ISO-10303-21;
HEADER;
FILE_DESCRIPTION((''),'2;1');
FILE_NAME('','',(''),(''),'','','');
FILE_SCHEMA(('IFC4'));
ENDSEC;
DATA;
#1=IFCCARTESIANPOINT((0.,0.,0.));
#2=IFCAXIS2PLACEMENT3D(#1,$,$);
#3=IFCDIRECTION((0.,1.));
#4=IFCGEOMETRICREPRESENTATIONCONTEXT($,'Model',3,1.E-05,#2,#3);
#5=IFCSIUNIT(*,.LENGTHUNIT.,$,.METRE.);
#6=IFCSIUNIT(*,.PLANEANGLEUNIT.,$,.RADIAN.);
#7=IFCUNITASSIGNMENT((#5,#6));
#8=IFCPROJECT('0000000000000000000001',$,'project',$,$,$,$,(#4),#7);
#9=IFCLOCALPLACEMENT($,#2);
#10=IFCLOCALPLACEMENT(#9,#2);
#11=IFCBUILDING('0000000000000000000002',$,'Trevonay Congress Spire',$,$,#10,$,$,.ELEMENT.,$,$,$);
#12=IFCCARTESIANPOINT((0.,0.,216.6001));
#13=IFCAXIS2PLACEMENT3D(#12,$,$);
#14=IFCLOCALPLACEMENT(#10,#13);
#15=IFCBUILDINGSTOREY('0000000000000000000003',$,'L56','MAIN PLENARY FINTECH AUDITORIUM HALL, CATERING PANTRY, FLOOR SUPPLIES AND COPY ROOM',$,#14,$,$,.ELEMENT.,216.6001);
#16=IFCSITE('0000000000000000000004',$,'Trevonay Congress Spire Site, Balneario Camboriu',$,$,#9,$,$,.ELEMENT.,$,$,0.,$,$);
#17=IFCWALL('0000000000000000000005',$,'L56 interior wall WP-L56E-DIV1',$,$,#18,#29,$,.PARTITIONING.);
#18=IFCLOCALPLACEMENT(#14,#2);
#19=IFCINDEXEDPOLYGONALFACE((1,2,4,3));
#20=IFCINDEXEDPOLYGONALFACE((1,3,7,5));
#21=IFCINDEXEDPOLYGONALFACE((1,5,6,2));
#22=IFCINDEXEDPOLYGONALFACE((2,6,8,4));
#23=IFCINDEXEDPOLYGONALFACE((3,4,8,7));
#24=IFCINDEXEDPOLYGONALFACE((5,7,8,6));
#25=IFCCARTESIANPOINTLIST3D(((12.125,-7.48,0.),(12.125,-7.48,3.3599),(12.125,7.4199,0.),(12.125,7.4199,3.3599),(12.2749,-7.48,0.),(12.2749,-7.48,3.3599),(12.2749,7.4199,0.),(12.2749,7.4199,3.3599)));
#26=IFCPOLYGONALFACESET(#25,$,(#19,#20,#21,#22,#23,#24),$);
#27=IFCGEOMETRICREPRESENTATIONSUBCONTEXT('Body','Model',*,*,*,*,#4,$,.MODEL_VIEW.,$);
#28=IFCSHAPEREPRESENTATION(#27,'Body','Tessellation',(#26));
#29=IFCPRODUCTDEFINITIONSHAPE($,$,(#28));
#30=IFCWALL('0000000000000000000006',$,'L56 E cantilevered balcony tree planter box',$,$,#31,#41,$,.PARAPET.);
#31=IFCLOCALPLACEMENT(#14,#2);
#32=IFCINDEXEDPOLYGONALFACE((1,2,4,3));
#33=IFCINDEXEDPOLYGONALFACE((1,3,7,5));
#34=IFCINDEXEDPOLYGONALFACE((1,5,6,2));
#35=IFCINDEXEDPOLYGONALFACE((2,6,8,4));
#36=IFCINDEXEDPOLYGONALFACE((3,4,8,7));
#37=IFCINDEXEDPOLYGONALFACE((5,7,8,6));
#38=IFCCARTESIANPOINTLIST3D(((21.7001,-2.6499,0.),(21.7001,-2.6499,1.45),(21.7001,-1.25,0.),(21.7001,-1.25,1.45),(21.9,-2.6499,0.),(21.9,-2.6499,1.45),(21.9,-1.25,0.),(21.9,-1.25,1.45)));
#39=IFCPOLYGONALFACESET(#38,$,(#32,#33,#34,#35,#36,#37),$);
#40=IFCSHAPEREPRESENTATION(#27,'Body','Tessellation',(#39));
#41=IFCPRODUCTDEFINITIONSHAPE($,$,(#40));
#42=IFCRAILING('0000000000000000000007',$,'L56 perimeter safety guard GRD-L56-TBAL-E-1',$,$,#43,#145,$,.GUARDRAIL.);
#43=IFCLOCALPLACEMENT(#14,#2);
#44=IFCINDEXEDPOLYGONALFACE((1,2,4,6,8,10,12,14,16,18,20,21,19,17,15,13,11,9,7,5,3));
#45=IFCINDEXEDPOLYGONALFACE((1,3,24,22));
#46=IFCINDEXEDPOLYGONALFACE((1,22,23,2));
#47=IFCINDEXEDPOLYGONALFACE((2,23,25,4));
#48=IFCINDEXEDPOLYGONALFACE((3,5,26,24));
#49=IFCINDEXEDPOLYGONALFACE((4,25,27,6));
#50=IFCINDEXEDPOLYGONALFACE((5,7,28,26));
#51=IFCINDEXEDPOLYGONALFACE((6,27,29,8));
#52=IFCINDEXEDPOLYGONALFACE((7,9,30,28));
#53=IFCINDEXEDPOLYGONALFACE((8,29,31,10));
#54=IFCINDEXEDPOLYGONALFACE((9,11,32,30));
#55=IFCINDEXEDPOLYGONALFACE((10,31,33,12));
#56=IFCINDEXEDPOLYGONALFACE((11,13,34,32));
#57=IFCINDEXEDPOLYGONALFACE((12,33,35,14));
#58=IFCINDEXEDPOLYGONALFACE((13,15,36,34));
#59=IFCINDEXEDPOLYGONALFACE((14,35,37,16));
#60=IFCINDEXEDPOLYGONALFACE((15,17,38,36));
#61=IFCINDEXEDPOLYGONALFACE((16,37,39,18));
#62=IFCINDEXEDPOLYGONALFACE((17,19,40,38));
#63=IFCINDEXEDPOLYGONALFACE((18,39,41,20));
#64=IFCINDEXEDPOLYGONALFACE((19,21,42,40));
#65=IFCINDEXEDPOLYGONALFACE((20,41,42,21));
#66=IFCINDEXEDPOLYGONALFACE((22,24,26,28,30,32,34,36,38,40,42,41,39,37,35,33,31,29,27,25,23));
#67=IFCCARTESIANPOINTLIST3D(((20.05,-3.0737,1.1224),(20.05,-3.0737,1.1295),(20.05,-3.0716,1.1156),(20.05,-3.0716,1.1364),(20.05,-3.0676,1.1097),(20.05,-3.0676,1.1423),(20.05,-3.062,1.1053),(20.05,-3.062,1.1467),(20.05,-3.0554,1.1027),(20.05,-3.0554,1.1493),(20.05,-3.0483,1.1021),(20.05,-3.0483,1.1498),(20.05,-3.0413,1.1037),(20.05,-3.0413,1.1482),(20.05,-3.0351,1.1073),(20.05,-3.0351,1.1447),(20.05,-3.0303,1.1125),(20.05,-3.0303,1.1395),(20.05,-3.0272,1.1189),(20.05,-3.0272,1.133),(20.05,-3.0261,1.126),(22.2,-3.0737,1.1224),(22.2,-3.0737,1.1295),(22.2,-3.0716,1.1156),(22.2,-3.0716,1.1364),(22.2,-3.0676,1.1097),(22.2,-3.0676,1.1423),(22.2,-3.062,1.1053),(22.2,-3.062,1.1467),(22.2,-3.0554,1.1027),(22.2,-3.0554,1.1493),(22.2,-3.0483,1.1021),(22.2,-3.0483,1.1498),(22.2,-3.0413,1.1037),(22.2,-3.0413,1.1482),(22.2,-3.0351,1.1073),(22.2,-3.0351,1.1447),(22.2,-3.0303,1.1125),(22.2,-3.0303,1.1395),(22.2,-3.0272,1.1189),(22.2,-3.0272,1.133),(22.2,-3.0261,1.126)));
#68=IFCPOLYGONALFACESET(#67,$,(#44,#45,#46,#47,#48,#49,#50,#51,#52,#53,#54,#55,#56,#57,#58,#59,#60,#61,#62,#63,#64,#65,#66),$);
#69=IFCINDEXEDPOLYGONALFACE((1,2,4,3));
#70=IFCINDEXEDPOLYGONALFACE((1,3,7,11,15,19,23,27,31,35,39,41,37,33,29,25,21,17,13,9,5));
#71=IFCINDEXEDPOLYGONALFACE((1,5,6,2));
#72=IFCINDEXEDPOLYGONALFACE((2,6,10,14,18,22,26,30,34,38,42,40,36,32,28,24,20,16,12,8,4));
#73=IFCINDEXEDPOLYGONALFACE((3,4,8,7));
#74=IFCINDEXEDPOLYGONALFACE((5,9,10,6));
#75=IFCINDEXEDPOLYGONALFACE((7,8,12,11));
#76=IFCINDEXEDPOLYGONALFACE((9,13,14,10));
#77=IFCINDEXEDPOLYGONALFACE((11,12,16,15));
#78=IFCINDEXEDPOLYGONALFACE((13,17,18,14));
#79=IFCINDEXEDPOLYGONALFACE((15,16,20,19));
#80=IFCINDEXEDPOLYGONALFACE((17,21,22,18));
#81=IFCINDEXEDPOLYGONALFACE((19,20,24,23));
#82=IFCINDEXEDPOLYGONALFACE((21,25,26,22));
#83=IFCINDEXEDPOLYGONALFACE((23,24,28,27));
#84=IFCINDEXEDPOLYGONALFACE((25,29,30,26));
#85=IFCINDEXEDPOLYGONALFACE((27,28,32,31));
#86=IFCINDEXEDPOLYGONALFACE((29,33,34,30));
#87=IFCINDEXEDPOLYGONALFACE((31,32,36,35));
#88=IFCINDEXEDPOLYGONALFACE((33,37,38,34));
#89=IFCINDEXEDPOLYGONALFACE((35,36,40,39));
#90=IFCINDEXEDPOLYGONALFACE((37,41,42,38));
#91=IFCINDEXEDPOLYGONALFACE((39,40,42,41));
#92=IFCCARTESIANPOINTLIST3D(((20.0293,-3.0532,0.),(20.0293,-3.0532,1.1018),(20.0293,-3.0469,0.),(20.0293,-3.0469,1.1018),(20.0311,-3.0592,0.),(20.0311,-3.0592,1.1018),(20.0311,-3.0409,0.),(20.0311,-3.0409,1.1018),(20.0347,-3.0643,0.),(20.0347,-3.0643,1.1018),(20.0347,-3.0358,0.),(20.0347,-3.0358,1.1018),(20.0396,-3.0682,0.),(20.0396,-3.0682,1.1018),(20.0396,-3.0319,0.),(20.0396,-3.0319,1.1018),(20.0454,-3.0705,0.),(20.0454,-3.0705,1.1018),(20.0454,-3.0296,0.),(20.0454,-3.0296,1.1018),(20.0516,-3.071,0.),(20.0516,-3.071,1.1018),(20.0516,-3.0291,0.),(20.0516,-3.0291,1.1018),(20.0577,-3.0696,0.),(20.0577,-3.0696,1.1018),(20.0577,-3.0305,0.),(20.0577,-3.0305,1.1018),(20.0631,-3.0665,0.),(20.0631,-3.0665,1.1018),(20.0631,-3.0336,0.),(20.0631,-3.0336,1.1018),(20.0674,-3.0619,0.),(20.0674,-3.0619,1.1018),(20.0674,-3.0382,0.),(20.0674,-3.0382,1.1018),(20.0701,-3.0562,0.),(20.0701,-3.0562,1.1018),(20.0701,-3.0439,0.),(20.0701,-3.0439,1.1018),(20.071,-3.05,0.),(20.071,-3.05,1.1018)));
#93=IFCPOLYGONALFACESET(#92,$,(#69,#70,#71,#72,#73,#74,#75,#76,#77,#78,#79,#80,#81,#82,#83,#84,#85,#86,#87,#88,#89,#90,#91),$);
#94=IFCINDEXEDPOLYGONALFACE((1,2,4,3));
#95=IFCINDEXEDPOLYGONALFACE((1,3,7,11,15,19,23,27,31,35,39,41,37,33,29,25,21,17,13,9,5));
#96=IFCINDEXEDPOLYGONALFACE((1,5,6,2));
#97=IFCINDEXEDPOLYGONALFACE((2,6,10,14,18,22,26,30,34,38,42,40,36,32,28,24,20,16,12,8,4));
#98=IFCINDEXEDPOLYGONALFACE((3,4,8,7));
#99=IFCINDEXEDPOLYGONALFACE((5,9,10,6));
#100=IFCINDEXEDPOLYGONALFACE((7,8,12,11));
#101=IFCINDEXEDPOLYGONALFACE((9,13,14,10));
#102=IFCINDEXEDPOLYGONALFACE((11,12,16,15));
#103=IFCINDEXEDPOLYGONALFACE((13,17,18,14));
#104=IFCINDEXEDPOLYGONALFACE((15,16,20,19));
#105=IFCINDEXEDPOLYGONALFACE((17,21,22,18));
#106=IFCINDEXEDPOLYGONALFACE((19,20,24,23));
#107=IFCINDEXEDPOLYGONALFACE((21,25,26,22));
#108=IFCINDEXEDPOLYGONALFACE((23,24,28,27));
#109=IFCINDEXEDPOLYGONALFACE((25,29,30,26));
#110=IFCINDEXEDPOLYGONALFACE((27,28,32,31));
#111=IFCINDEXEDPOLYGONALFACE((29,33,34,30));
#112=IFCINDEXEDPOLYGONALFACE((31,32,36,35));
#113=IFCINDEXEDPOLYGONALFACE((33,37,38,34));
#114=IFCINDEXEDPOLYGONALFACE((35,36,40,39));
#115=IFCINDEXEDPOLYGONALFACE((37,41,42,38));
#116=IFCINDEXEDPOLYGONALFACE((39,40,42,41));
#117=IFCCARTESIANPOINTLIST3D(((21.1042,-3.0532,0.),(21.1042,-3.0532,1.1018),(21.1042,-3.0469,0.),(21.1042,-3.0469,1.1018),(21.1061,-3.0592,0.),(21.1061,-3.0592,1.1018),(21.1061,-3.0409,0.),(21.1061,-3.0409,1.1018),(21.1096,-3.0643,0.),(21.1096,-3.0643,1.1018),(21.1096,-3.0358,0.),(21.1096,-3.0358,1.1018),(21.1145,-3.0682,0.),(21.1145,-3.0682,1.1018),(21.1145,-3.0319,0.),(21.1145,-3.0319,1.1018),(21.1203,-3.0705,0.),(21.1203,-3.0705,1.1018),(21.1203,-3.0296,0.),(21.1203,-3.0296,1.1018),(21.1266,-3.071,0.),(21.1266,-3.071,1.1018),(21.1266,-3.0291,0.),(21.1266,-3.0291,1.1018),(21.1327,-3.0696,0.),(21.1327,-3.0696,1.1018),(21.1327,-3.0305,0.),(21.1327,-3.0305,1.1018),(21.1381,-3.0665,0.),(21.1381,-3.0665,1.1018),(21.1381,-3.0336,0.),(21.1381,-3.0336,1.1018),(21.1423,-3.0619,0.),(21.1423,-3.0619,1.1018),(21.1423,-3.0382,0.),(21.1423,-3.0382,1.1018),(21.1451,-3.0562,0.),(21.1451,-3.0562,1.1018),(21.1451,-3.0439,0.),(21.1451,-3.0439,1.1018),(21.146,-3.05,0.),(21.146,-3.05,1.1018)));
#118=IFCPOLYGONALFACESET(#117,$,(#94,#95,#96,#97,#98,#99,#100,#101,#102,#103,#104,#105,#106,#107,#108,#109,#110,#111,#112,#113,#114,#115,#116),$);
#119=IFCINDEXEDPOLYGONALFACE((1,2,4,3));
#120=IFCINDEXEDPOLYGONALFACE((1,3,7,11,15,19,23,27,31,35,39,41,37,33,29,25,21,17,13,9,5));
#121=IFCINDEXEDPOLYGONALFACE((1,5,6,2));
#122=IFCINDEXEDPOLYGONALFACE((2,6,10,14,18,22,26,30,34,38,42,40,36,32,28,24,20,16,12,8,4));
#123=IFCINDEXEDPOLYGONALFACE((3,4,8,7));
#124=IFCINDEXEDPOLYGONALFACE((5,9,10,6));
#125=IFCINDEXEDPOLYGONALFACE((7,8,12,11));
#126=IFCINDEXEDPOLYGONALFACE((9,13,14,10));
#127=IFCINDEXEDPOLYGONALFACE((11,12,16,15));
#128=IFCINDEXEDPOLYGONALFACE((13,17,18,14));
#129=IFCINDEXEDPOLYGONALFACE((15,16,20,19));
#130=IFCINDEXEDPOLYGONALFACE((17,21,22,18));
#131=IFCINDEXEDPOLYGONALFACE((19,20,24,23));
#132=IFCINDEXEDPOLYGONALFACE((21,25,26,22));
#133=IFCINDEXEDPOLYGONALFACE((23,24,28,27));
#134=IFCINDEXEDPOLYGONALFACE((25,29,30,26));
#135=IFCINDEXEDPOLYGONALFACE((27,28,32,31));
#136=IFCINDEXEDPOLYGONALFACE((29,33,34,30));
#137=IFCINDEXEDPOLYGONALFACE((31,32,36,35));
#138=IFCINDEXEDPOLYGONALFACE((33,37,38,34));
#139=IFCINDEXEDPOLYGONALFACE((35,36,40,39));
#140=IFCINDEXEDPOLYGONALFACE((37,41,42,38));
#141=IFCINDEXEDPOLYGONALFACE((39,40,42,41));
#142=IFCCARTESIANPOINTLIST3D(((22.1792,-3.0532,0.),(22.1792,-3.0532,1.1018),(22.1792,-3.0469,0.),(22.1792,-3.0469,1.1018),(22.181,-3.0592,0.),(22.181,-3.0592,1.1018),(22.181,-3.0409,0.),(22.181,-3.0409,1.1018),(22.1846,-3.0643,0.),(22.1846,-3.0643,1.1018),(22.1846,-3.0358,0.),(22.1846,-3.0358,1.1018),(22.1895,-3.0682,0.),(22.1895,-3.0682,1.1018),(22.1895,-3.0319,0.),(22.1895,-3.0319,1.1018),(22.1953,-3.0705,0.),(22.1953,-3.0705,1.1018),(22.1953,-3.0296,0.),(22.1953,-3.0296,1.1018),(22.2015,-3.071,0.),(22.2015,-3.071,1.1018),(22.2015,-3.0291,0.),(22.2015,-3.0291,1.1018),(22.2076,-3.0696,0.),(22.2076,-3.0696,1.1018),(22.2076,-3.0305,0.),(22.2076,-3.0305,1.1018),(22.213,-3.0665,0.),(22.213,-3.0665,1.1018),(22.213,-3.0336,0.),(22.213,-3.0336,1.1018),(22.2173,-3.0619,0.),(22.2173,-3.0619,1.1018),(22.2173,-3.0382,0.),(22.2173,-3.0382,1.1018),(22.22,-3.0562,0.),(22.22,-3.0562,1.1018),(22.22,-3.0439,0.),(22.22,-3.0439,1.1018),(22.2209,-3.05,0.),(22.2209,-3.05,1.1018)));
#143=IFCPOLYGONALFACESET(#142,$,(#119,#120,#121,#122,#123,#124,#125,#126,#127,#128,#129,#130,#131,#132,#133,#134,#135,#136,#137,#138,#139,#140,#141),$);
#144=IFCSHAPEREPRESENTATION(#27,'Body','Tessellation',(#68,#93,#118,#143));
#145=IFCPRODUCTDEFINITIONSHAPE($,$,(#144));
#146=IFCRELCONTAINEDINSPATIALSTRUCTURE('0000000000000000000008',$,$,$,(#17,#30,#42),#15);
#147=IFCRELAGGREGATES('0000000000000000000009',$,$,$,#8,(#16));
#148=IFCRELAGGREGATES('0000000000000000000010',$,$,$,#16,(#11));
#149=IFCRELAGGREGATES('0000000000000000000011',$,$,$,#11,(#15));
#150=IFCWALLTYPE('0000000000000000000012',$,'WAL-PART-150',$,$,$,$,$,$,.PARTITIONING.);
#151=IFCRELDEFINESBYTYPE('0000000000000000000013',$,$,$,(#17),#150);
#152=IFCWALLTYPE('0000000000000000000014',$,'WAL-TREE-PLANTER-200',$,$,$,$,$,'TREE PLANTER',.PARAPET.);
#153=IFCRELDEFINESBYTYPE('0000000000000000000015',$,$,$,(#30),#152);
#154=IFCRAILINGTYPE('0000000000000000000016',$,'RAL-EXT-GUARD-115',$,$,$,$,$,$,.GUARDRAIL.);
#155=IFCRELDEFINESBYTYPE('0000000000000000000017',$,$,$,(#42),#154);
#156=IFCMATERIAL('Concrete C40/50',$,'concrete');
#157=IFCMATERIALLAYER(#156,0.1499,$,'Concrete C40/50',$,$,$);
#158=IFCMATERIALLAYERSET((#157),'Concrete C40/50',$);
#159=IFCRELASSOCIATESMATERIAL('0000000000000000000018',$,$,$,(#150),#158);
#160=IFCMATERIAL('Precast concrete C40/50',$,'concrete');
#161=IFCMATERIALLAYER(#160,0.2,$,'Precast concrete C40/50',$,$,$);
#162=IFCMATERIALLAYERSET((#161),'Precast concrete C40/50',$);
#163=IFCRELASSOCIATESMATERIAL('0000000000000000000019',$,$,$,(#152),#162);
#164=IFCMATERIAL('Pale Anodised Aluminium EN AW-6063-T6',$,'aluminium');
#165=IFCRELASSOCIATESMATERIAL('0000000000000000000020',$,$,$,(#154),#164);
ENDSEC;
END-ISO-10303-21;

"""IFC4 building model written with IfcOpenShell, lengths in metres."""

from ifc_helpers import new_model, si_unit, direction, frame, frame_2d, origin, origin_2d, place, context, subcontext, project, spatial, rectangle, circle, extrude, material, layer, layer_set, type_object, element, save


model = new_model("IFC4")

# Units and contexts
model_context = context("Model", 3, precision=1e-05, world=origin(), true_north=direction((0.0, 1.0)))
body_context = subcontext(model_context, "Body", "Model", "MODEL_VIEW")
ifc_project = project(units=[si_unit("LENGTHUNIT", "METRE"), si_unit("PLANEANGLEUNIT", "RADIAN")], contexts=[model_context])

# Site, building, storey
site_placement = place(None, origin())
site = spatial("IfcSite", under=ifc_project, at=site_placement, Name="Trevonay Congress Spire Site, Balneario Camboriu", CompositionType="ELEMENT", RefElevation=0.0)
building_placement = place(site_placement, origin())
building = spatial("IfcBuilding", under=site, at=building_placement, Name="Trevonay Congress Spire", CompositionType="ELEMENT")
storey_placement = place(building_placement, frame((0.0, 0.0, 216.6001)))
storey = spatial("IfcBuildingStorey", under=building, at=storey_placement, Name="L56", Description="MAIN PLENARY FINTECH AUDITORIUM HALL, CATERING PANTRY, FLOOR SUPPLIES AND COPY ROOM", CompositionType="ELEMENT", Elevation=216.6001)

# Shared definitions
ifc_material_1 = material(Name="Pale Anodised Aluminium EN AW-6063-T6", Category="aluminium")

# Shared definitions
ifc_material_2 = material(Name="Concrete C40/50", Category="concrete")

# Shared definitions
ifc_material_3 = material(Name="Precast concrete C40/50", Category="concrete")

# Walls
ifc_layer_1 = layer(ifc_material_2, 0.1499, Name="Concrete C40/50")
ifc_layer_set_1 = layer_set([ifc_layer_1], Name="Concrete C40/50")
wall_type_1 = type_object("IfcWallType", Name="WAL-PART-150", PredefinedType="PARTITIONING", material=ifc_layer_set_1)
wall_1_placement = place(storey_placement, frame((12.2, -7.48, 0.0), z_axis=(0.0, 0.0, 1.0), x_axis=(0.0, 1.0, 0.0)))
element("IfcWall", 1, at=wall_1_placement, inside=storey, type_object=wall_type_1, Name="L56 interior wall WP-L56E-DIV1", PredefinedType="PARTITIONING", context=body_context, shape_type="SweptSolid", body=[
    extrude(rectangle(XDim=14.8999, YDim=0.1499, at=frame_2d((7.45, 0.0))), origin(), (0.0, 0.0, 1.0), 3.3599),
])
ifc_layer_2 = layer(ifc_material_3, 0.2, Name="Precast concrete C40/50")
ifc_layer_set_2 = layer_set([ifc_layer_2], Name="Precast concrete C40/50")
wall_type_2 = type_object("IfcWallType", Name="WAL-TREE-PLANTER-200", ElementType="TREE PLANTER", PredefinedType="PARAPET", material=ifc_layer_set_2)
wall_2_placement = place(storey_placement, frame((21.8, -2.6499, 0.0), z_axis=(0.0, 0.0, 1.0), x_axis=(0.0, 1.0, 0.0)))
element("IfcWall", 2, at=wall_2_placement, inside=storey, type_object=wall_type_2, Name="L56 E cantilevered balcony tree planter box", PredefinedType="PARAPET", context=body_context, shape_type="SweptSolid", body=[
    extrude(rectangle(XDim=1.3999, YDim=0.2, at=frame_2d((0.7, 0.0))), origin(), (0.0, 0.0, 1.0), 1.45),
])

# Railing
railing_type = type_object("IfcRailingType", Name="RAL-EXT-GUARD-115", PredefinedType="GUARDRAIL", material=ifc_material_1)
railing_1_placement = place(storey_placement, frame((20.05, -3.05, 0.0)))
element("IfcRailing", 3, at=railing_1_placement, inside=storey, type_object=railing_type, Name="L56 perimeter safety guard GRD-L56-TBAL-E-1", PredefinedType="GUARDRAIL", context=body_context, shape_type="SweptSolid", body=[
    extrude(circle(Radius=0.0239, at=origin_2d()), frame((0.0, 0.0, 1.126), z_axis=(1.0, 0.0, 0.0), x_axis=(0.0, 1.0, 0.0)), (0.0, 0.0, 1.0), 2.1499),
    extrude(circle(Radius=0.021, at=origin_2d()), origin(), (0.0, 0.0, 1.0), 1.1018),
    extrude(circle(Radius=0.021, at=origin_2d()), frame((1.075, 0.0, 0.0)), (0.0, 0.0, 1.0), 1.1018),
    extrude(circle(Radius=0.021, at=origin_2d()), frame((2.1499, 0.0, 0.0)), (0.0, 0.0, 1.0), 1.1018),
])

save(model, "model.ifc")
